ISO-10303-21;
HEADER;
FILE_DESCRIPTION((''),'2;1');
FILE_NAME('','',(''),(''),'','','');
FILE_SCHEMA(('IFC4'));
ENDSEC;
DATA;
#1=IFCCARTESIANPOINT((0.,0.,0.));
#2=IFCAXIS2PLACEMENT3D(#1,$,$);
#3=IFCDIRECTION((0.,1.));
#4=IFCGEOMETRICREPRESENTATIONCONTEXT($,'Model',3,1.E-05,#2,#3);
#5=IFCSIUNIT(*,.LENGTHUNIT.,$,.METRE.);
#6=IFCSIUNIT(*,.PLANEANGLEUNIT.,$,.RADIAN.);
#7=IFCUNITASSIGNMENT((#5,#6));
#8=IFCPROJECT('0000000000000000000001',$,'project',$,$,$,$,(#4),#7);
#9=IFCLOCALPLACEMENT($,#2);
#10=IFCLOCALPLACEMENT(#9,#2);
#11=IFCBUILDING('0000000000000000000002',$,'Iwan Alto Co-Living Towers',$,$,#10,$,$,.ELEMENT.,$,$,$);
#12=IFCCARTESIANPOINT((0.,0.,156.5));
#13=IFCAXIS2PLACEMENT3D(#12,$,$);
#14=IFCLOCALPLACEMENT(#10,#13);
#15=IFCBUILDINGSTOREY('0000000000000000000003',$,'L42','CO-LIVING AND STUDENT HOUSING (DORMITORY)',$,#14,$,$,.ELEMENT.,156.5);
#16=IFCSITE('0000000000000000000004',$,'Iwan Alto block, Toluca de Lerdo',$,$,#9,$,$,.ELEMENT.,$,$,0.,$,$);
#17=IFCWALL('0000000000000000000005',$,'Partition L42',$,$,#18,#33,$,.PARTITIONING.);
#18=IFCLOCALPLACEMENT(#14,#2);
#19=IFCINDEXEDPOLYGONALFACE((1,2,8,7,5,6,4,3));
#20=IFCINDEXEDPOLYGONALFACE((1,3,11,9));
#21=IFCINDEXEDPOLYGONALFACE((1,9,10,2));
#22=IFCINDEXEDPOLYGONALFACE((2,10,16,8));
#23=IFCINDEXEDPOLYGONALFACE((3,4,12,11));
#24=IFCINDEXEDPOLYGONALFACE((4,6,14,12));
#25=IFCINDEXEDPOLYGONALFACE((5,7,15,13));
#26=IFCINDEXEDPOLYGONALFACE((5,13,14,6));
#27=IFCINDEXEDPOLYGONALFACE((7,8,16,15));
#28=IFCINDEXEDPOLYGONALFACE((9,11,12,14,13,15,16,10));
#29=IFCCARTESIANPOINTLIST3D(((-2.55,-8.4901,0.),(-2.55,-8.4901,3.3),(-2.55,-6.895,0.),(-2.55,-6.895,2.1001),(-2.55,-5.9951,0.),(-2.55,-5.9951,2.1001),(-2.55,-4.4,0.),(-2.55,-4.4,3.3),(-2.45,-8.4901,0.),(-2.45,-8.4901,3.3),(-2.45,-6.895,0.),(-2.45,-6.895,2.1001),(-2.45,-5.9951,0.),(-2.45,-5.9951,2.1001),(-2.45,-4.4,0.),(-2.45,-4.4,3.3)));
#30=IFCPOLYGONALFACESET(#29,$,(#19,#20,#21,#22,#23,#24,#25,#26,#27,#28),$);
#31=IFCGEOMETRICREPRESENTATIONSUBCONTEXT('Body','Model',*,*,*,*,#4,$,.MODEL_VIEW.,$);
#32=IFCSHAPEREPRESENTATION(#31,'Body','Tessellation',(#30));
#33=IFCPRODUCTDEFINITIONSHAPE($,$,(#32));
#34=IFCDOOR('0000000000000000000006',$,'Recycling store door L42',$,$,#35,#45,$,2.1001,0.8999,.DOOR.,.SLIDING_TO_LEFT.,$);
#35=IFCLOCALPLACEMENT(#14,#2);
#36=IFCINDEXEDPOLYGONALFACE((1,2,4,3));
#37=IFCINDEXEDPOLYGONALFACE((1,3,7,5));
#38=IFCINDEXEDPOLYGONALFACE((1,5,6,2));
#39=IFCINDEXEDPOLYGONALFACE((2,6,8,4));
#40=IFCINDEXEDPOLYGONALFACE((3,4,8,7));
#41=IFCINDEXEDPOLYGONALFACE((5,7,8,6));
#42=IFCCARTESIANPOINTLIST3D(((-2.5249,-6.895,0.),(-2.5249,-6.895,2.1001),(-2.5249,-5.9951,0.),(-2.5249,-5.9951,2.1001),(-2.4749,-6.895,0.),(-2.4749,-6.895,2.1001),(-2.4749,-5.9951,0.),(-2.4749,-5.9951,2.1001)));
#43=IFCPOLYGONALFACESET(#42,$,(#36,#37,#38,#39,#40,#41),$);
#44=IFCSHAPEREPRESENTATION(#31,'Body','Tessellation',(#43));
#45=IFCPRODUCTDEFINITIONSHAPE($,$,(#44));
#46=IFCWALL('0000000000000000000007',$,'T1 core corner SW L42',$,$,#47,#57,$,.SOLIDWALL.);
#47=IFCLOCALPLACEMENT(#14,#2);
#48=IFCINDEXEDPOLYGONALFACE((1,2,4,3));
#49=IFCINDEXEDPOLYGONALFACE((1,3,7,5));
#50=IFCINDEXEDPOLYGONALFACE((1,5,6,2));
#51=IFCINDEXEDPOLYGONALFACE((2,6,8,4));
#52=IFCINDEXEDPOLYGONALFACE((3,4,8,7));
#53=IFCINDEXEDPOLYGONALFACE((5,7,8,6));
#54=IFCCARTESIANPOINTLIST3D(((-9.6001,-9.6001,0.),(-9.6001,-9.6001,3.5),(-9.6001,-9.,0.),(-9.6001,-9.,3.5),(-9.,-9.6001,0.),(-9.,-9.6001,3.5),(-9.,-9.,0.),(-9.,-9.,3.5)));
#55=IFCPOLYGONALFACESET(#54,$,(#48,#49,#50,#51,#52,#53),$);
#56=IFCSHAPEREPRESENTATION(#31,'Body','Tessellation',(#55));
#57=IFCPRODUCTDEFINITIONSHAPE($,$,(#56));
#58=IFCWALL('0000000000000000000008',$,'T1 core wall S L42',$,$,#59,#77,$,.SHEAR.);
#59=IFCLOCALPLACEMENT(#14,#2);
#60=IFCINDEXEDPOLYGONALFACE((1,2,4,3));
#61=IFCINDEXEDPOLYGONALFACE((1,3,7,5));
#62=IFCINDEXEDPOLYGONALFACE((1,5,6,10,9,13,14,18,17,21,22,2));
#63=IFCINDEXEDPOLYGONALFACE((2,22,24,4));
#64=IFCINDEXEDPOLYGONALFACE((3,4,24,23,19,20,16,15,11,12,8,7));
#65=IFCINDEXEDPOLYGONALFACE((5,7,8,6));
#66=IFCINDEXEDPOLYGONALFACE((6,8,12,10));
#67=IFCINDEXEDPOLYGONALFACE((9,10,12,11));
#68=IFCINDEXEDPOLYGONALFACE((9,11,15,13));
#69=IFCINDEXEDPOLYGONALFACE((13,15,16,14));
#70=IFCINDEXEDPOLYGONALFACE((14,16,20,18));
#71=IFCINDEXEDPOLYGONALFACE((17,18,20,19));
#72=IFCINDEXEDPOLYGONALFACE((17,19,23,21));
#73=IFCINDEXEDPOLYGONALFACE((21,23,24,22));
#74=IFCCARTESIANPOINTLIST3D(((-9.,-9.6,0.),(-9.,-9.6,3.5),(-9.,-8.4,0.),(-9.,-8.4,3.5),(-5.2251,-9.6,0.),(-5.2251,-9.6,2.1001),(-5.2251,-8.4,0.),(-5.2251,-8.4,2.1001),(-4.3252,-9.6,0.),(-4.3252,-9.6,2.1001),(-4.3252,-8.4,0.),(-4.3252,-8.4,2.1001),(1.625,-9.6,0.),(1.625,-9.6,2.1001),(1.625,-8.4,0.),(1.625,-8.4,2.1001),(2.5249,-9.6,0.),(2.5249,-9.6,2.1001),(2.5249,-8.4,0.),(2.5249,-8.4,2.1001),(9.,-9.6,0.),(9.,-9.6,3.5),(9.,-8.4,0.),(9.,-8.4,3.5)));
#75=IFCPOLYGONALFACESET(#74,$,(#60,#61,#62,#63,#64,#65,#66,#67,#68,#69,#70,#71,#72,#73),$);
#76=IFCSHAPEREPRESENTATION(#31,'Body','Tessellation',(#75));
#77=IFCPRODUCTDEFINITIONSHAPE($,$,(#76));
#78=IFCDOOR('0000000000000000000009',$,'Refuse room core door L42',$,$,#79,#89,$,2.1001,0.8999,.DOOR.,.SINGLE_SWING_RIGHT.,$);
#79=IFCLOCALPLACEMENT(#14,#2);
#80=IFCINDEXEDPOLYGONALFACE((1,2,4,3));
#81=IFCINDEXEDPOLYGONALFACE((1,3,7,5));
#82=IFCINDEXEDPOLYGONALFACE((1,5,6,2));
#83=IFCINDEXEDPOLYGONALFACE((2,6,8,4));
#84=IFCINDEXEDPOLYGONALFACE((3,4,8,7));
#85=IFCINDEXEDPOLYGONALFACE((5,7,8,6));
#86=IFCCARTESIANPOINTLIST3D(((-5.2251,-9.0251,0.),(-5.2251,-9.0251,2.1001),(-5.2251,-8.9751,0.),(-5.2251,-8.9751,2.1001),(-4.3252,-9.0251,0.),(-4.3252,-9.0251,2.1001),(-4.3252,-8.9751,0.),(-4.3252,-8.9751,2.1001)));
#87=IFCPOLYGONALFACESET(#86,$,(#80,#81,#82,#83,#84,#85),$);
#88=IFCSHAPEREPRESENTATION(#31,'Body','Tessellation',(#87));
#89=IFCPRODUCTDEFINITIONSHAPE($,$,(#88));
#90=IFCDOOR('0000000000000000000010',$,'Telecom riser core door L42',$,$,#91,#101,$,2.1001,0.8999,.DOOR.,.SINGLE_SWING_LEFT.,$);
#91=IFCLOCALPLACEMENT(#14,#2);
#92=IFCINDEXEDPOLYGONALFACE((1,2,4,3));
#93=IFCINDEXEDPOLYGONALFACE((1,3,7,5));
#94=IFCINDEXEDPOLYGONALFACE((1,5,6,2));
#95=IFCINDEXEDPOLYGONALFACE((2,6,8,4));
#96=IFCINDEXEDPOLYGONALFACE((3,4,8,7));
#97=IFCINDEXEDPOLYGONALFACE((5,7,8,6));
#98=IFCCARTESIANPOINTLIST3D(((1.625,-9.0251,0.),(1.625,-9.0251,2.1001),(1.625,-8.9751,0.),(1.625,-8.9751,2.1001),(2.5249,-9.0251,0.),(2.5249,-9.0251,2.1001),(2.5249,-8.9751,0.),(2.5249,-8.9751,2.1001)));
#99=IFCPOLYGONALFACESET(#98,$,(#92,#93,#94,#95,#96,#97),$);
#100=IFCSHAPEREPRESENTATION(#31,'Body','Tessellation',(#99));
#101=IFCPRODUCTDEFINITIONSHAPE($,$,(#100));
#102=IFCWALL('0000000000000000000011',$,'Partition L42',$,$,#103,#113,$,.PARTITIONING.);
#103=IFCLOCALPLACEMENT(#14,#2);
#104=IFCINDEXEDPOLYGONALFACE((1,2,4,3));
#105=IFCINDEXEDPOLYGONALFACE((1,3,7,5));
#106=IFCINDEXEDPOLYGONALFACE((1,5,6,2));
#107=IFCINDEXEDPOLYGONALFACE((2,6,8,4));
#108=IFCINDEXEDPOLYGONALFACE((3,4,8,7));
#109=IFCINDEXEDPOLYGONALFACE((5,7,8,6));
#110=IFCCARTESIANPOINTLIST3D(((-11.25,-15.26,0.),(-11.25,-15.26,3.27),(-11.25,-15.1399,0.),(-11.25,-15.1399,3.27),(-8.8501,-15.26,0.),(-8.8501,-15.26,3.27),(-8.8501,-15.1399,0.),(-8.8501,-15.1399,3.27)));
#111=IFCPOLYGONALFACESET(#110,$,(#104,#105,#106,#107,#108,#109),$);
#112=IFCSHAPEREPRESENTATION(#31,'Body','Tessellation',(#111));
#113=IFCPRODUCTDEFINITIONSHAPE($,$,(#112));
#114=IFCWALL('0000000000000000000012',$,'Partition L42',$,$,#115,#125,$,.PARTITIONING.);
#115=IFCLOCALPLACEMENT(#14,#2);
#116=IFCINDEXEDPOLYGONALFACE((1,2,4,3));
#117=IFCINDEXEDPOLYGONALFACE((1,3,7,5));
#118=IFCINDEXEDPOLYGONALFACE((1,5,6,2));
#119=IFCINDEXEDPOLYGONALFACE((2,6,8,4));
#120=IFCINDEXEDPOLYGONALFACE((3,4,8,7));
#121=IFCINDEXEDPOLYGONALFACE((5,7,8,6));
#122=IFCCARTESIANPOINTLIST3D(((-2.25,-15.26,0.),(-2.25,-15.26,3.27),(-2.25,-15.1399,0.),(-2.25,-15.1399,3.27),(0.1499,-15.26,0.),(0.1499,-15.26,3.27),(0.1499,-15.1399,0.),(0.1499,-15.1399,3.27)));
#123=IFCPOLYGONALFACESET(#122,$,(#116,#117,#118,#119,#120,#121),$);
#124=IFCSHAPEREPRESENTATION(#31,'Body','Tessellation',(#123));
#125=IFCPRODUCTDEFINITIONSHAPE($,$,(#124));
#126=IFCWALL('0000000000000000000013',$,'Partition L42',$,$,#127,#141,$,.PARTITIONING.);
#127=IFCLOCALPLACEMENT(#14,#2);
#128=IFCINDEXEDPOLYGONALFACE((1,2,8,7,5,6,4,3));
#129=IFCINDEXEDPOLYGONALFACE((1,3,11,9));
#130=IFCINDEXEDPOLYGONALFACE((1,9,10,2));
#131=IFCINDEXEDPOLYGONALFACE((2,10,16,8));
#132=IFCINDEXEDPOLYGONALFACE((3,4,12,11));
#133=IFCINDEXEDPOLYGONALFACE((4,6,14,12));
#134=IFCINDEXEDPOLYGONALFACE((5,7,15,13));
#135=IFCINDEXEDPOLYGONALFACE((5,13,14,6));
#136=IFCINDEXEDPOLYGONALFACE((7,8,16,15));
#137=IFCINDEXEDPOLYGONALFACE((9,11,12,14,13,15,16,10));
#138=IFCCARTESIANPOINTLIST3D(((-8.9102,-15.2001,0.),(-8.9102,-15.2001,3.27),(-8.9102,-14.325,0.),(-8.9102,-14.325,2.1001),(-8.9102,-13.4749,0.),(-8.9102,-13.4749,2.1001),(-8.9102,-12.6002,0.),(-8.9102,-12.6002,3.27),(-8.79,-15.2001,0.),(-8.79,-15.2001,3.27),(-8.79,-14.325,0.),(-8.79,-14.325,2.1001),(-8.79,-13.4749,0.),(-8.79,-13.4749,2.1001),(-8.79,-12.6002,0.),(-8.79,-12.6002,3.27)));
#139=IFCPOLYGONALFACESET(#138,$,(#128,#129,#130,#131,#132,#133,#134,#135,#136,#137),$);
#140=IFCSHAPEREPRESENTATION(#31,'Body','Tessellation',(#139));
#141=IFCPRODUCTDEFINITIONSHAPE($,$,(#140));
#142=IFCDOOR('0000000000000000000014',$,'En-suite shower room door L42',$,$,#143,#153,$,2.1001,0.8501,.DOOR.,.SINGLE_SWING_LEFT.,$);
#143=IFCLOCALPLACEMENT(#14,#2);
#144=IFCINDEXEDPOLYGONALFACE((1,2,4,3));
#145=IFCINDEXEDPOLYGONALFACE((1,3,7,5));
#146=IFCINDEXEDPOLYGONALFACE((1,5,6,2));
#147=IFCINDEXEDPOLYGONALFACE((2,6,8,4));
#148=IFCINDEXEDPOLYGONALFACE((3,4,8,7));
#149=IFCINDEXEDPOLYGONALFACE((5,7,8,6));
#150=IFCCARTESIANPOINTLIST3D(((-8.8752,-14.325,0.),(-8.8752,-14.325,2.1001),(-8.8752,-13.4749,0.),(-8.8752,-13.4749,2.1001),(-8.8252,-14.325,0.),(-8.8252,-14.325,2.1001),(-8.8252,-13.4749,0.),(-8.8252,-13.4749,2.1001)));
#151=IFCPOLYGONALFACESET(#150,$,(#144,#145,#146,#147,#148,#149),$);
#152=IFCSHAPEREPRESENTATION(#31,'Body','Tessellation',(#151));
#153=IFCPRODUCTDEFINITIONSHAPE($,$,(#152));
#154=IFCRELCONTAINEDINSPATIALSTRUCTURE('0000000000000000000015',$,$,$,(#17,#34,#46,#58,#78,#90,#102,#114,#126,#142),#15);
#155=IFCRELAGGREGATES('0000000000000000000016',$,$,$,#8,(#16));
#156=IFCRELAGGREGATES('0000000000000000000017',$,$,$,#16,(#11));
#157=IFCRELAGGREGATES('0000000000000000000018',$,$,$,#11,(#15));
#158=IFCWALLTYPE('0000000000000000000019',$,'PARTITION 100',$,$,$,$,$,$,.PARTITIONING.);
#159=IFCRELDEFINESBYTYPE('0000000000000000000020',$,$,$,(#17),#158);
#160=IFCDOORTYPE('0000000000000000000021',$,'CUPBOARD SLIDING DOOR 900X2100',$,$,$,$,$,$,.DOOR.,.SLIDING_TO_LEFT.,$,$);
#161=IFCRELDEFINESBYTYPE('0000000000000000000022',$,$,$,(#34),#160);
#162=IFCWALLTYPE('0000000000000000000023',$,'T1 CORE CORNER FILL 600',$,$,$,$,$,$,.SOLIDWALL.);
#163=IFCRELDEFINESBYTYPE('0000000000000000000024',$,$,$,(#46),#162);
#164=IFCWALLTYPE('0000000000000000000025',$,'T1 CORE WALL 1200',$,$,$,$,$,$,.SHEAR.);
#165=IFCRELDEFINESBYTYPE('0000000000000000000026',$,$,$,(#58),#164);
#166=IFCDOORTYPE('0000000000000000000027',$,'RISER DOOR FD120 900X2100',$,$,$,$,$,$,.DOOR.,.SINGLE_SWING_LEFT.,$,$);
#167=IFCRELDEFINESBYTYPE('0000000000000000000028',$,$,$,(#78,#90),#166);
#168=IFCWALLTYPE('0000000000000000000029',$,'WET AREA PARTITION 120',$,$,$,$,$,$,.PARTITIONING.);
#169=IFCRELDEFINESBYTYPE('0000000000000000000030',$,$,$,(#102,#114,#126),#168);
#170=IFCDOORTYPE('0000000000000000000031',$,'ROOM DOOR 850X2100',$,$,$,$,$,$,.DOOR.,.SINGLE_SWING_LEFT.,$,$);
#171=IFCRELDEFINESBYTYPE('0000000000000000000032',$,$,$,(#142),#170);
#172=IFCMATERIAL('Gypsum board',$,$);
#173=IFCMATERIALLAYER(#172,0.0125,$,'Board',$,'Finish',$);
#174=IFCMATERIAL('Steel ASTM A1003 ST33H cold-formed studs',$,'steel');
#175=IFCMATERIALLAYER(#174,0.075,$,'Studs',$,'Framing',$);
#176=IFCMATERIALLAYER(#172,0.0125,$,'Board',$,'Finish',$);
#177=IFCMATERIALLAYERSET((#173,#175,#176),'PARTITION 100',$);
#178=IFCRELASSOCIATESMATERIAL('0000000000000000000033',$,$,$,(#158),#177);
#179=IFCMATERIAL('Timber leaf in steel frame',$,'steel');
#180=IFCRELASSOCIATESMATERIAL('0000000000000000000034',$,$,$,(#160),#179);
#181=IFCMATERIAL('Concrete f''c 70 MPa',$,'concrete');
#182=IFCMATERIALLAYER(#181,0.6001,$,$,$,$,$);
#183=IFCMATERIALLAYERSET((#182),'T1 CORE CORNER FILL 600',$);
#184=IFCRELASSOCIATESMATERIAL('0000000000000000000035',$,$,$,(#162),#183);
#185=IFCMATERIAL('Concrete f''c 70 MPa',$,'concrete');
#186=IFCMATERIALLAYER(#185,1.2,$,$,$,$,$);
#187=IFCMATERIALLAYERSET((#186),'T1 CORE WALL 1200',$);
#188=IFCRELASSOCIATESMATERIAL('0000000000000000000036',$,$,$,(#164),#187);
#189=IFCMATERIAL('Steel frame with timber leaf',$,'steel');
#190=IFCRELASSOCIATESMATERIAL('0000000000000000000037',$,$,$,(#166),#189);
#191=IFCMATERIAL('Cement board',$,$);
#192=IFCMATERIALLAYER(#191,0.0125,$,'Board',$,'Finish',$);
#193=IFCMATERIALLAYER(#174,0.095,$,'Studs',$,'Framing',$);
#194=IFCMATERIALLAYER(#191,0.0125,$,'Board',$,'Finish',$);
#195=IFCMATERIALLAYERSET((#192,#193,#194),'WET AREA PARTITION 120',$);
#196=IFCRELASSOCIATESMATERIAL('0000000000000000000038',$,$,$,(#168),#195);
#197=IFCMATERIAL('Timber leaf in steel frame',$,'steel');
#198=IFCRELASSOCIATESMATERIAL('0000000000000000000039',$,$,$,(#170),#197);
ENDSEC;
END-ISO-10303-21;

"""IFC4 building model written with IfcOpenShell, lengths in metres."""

from ifc_helpers import new_model, si_unit, direction, frame, frame_2d, origin, place, context, subcontext, project, spatial, rectangle, extrude, material, layer, layer_set, type_object, element, fill, save


model = new_model("IFC4")

# Units and contexts
model_context = context("Model", 3, precision=1e-05, world=origin(), true_north=direction((0.0, 1.0)))
body_context = subcontext(model_context, "Body", "Model", "MODEL_VIEW")
ifc_project = project(units=[si_unit("LENGTHUNIT", "METRE"), si_unit("PLANEANGLEUNIT", "RADIAN")], contexts=[model_context])

# Site, building, storey
site_placement = place(None, origin())
site = spatial("IfcSite", under=ifc_project, at=site_placement, Name="Iwan Alto block, Toluca de Lerdo", CompositionType="ELEMENT", RefElevation=0.0)
building_placement = place(site_placement, origin())
building = spatial("IfcBuilding", under=site, at=building_placement, Name="Iwan Alto Co-Living Towers", CompositionType="ELEMENT")
storey_placement = place(building_placement, frame((0.0, 0.0, 156.5)))
storey = spatial("IfcBuildingStorey", under=building, at=storey_placement, Name="L42", Description="CO-LIVING AND STUDENT HOUSING (DORMITORY)", CompositionType="ELEMENT", Elevation=156.5)

# Shared definitions
ifc_material_1 = material(Name="Gypsum board")
ifc_material_2 = material(Name="Steel ASTM A1003 ST33H cold-formed studs", Category="steel")

# Wall, opening, door
ifc_layer_1 = layer(ifc_material_1, 0.0125, Name="Board", Category="Finish")
ifc_layer_2 = layer(ifc_material_2, 0.075, Name="Studs", Category="Framing")
ifc_layer_3 = layer(ifc_material_1, 0.0125, Name="Board", Category="Finish")
ifc_layer_set_1 = layer_set([ifc_layer_1, ifc_layer_2, ifc_layer_3], Name="PARTITION 100")
wall_type_1 = type_object("IfcWallType", Name="PARTITION 100", PredefinedType="PARTITIONING", material=ifc_layer_set_1)
wall_1_placement = place(storey_placement, frame((-2.5, -8.49, 0.0), z_axis=(0.0, 0.0, 1.0), x_axis=(0.0, 1.0, 0.0)))
wall_1 = element("IfcWall", 1, at=wall_1_placement, inside=storey, type_object=wall_type_1, Name="Partition L42", PredefinedType="PARTITIONING", context=body_context, shape_type="SweptSolid", body=[
    extrude(rectangle(XDim=4.0901, YDim=0.1001, at=frame_2d((2.0449, 0.0))), origin(), (0.0, 0.0, 1.0), 3.3),
])
opening_1_placement = place(wall_1_placement, frame((1.595, 0.0, 0.0)))
opening_1 = element("IfcOpeningElement", 2, at=opening_1_placement, cuts=wall_1, PredefinedType="OPENING", context=body_context, shape_type="SweptSolid", body=[
    extrude(rectangle(XDim=0.8999, YDim=2.1001, at=frame_2d((0.45, 1.05))), frame((0.0, 0.0601, 0.0), z_axis=(0.0, -1.0, 0.0), x_axis=(1.0, 0.0, 0.0)), (0.0, 0.0, 1.0), 0.1201),
])
ifc_material_3 = material(Name="Timber leaf in steel frame", Category="steel")
door_type_1 = type_object("IfcDoorType", Name="CUPBOARD SLIDING DOOR 900X2100", OperationType="SLIDING_TO_LEFT", PredefinedType="DOOR", material=ifc_material_3)
door_1_placement = place(opening_1_placement, origin())
door_1 = element("IfcDoor", 3, at=door_1_placement, inside=storey, type_object=door_type_1, Name="Recycling store door L42", OperationType="SLIDING_TO_LEFT", OverallHeight=2.1001, OverallWidth=0.8999, PredefinedType="DOOR", context=body_context, shape_type="SweptSolid", body=[
    extrude(rectangle(XDim=0.8999, YDim=2.1001, at=frame_2d((0.45, 1.05))), frame((0.0, 0.0249, 0.0), z_axis=(0.0, -1.0, 0.0), x_axis=(1.0, 0.0, 0.0)), (0.0, 0.0, 1.0), 0.05),
])
fill(opening_1, door_1)

# Wall
ifc_material_4 = material(Name="Concrete f'c 70 MPa", Category="concrete")
ifc_layer_4 = layer(ifc_material_4, 0.6001)
ifc_layer_set_2 = layer_set([ifc_layer_4], Name="T1 CORE CORNER FILL 600")
wall_type_2 = type_object("IfcWallType", Name="T1 CORE CORNER FILL 600", PredefinedType="SOLIDWALL", material=ifc_layer_set_2)
wall_2_placement = place(storey_placement, frame((-9.6001, -9.3, 0.0), z_axis=(0.0, 0.0, 1.0), x_axis=(1.0, 0.0, 0.0)))
element("IfcWall", 4, at=wall_2_placement, inside=storey, type_object=wall_type_2, Name="T1 core corner SW L42", PredefinedType="SOLIDWALL", context=body_context, shape_type="SweptSolid", body=[
    extrude(rectangle(XDim=0.6001, YDim=0.6001, at=frame_2d((0.3, 0.0))), origin(), (0.0, 0.0, 1.0), 3.5),
])

# Wall, openings, doors
ifc_material_5 = material(Name="Concrete f'c 70 MPa", Category="concrete")
ifc_layer_5 = layer(ifc_material_5, 1.2)
ifc_layer_set_3 = layer_set([ifc_layer_5], Name="T1 CORE WALL 1200")
wall_type_3 = type_object("IfcWallType", Name="T1 CORE WALL 1200", PredefinedType="SHEAR", material=ifc_layer_set_3)
wall_3_placement = place(storey_placement, frame((-9.0, -9.0, 0.0), z_axis=(0.0, 0.0, 1.0), x_axis=(1.0, 0.0, 0.0)))
wall_3 = element("IfcWall", 5, at=wall_3_placement, inside=storey, type_object=wall_type_3, Name="T1 core wall S L42", PredefinedType="SHEAR", context=body_context, shape_type="SweptSolid", body=[
    extrude(rectangle(XDim=18.0, YDim=1.2, at=frame_2d((9.0, 0.0))), origin(), (0.0, 0.0, 1.0), 3.5),
])
opening_2_placement = place(wall_3_placement, frame((3.7749, 0.0, 0.0)))
opening_2 = element("IfcOpeningElement", 6, at=opening_2_placement, cuts=wall_3, PredefinedType="OPENING", context=body_context, shape_type="SweptSolid", body=[
    extrude(rectangle(XDim=0.8999, YDim=2.1001, at=frame_2d((0.45, 1.05))), frame((0.0, 0.6099, 0.0), z_axis=(0.0, -1.0, 0.0), x_axis=(1.0, 0.0, 0.0)), (0.0, 0.0, 1.0), 1.22),
])
opening_3_placement = place(wall_3_placement, frame((10.625, 0.0, 0.0)))
opening_3 = element("IfcOpeningElement", 7, at=opening_3_placement, cuts=wall_3, PredefinedType="OPENING", context=body_context, shape_type="SweptSolid", body=[
    extrude(rectangle(XDim=0.8999, YDim=2.1001, at=frame_2d((0.45, 1.05))), frame((0.0, 0.6099, 0.0), z_axis=(0.0, -1.0, 0.0), x_axis=(1.0, 0.0, 0.0)), (0.0, 0.0, 1.0), 1.22),
])
ifc_material_6 = material(Name="Steel frame with timber leaf", Category="steel")
door_type_2 = type_object("IfcDoorType", Name="RISER DOOR FD120 900X2100", OperationType="SINGLE_SWING_LEFT", PredefinedType="DOOR", material=ifc_material_6)
door_2_placement = place(opening_2_placement, origin())
door_2 = element("IfcDoor", 8, at=door_2_placement, inside=storey, type_object=door_type_2, Name="Refuse room core door L42", OperationType="SINGLE_SWING_RIGHT", OverallHeight=2.1001, OverallWidth=0.8999, PredefinedType="DOOR", context=body_context, shape_type="SweptSolid", body=[
    extrude(rectangle(XDim=0.8999, YDim=2.1001, at=frame_2d((0.45, 1.05))), frame((0.0, 0.0249, 0.0), z_axis=(0.0, -1.0, 0.0), x_axis=(1.0, 0.0, 0.0)), (0.0, 0.0, 1.0), 0.05),
])
fill(opening_2, door_2)
door_3_placement = place(opening_3_placement, origin())
door_3 = element("IfcDoor", 9, at=door_3_placement, inside=storey, type_object=door_type_2, Name="Telecom riser core door L42", OperationType="SINGLE_SWING_LEFT", OverallHeight=2.1001, OverallWidth=0.8999, PredefinedType="DOOR", context=body_context, shape_type="SweptSolid", body=[
    extrude(rectangle(XDim=0.8999, YDim=2.1001, at=frame_2d((0.45, 1.05))), frame((0.0, 0.0249, 0.0), z_axis=(0.0, -1.0, 0.0), x_axis=(1.0, 0.0, 0.0)), (0.0, 0.0, 1.0), 0.05),
])
fill(opening_3, door_3)

# Walls
ifc_material_7 = material(Name="Cement board")
ifc_layer_6 = layer(ifc_material_7, 0.0125, Name="Board", Category="Finish")
ifc_layer_7 = layer(ifc_material_2, 0.095, Name="Studs", Category="Framing")
ifc_layer_8 = layer(ifc_material_7, 0.0125, Name="Board", Category="Finish")
ifc_layer_set_4 = layer_set([ifc_layer_6, ifc_layer_7, ifc_layer_8], Name="WET AREA PARTITION 120")
wall_type_4 = type_object("IfcWallType", Name="WET AREA PARTITION 120", PredefinedType="PARTITIONING", material=ifc_layer_set_4)
for number, where, z_axis, x_axis, name in (
    (10, (-11.25, -15.2, 0.0), (0.0, 0.0, 1.0), (1.0, 0.0, 0.0), "Partition L42"),
    (11, (-2.25, -15.2, 0.0), (0.0, 0.0, 1.0), (1.0, 0.0, 0.0), "Partition L42"),
):
    element("IfcWall", number, at=place(storey_placement, frame(where, z_axis=z_axis, x_axis=x_axis)), inside=storey, type_object=wall_type_4, Name=name, PredefinedType="PARTITIONING", context=body_context, shape_type="SweptSolid", body=[
        extrude(rectangle(XDim=2.3999, YDim=0.1201, at=frame_2d((1.2, 0.0))), origin(), (0.0, 0.0, 1.0), 3.27),
    ])

# Wall, opening, door
wall_4_placement = place(storey_placement, frame((-8.8501, -15.2, 0.0), z_axis=(0.0, 0.0, 1.0), x_axis=(0.0, 1.0, 0.0)))
wall_4 = element("IfcWall", 12, at=wall_4_placement, inside=storey, type_object=wall_type_4, Name="Partition L42", PredefinedType="PARTITIONING", context=body_context, shape_type="SweptSolid", body=[
    extrude(rectangle(XDim=2.5999, YDim=0.1201, at=frame_2d((1.2998, 0.0))), origin(), (0.0, 0.0, 1.0), 3.27),
])
opening_4_placement = place(wall_4_placement, frame((0.875, 0.0, 0.0)))
opening_4 = element("IfcOpeningElement", 13, at=opening_4_placement, cuts=wall_4, PredefinedType="OPENING", context=body_context, shape_type="SweptSolid", body=[
    extrude(rectangle(XDim=0.8501, YDim=2.1001, at=frame_2d((0.425, 1.05))), frame((0.0, 0.0701, 0.0), z_axis=(0.0, -1.0, 0.0), x_axis=(1.0, 0.0, 0.0)), (0.0, 0.0, 1.0), 0.1401),
])
ifc_material_8 = material(Name="Timber leaf in steel frame", Category="steel")
door_type_3 = type_object("IfcDoorType", Name="ROOM DOOR 850X2100", OperationType="SINGLE_SWING_LEFT", PredefinedType="DOOR", material=ifc_material_8)
door_4_placement = place(opening_4_placement, frame((0.8501, 0.0, 0.0), z_axis=(0.0, 0.0, 1.0), x_axis=(-1.0, 0.0, 0.0)))
door_4 = element("IfcDoor", 14, at=door_4_placement, inside=storey, type_object=door_type_3, Name="En-suite shower room door L42", OperationType="SINGLE_SWING_LEFT", OverallHeight=2.1001, OverallWidth=0.8501, PredefinedType="DOOR", context=body_context, shape_type="SweptSolid", body=[
    extrude(rectangle(XDim=0.8501, YDim=2.1001, at=frame_2d((0.425, 1.05))), frame((0.0, 0.0249, 0.0), z_axis=(0.0, -1.0, 0.0), x_axis=(1.0, 0.0, 0.0)), (0.0, 0.0, 1.0), 0.05),
])
fill(opening_4, door_4)

save(model, "model.ifc")
